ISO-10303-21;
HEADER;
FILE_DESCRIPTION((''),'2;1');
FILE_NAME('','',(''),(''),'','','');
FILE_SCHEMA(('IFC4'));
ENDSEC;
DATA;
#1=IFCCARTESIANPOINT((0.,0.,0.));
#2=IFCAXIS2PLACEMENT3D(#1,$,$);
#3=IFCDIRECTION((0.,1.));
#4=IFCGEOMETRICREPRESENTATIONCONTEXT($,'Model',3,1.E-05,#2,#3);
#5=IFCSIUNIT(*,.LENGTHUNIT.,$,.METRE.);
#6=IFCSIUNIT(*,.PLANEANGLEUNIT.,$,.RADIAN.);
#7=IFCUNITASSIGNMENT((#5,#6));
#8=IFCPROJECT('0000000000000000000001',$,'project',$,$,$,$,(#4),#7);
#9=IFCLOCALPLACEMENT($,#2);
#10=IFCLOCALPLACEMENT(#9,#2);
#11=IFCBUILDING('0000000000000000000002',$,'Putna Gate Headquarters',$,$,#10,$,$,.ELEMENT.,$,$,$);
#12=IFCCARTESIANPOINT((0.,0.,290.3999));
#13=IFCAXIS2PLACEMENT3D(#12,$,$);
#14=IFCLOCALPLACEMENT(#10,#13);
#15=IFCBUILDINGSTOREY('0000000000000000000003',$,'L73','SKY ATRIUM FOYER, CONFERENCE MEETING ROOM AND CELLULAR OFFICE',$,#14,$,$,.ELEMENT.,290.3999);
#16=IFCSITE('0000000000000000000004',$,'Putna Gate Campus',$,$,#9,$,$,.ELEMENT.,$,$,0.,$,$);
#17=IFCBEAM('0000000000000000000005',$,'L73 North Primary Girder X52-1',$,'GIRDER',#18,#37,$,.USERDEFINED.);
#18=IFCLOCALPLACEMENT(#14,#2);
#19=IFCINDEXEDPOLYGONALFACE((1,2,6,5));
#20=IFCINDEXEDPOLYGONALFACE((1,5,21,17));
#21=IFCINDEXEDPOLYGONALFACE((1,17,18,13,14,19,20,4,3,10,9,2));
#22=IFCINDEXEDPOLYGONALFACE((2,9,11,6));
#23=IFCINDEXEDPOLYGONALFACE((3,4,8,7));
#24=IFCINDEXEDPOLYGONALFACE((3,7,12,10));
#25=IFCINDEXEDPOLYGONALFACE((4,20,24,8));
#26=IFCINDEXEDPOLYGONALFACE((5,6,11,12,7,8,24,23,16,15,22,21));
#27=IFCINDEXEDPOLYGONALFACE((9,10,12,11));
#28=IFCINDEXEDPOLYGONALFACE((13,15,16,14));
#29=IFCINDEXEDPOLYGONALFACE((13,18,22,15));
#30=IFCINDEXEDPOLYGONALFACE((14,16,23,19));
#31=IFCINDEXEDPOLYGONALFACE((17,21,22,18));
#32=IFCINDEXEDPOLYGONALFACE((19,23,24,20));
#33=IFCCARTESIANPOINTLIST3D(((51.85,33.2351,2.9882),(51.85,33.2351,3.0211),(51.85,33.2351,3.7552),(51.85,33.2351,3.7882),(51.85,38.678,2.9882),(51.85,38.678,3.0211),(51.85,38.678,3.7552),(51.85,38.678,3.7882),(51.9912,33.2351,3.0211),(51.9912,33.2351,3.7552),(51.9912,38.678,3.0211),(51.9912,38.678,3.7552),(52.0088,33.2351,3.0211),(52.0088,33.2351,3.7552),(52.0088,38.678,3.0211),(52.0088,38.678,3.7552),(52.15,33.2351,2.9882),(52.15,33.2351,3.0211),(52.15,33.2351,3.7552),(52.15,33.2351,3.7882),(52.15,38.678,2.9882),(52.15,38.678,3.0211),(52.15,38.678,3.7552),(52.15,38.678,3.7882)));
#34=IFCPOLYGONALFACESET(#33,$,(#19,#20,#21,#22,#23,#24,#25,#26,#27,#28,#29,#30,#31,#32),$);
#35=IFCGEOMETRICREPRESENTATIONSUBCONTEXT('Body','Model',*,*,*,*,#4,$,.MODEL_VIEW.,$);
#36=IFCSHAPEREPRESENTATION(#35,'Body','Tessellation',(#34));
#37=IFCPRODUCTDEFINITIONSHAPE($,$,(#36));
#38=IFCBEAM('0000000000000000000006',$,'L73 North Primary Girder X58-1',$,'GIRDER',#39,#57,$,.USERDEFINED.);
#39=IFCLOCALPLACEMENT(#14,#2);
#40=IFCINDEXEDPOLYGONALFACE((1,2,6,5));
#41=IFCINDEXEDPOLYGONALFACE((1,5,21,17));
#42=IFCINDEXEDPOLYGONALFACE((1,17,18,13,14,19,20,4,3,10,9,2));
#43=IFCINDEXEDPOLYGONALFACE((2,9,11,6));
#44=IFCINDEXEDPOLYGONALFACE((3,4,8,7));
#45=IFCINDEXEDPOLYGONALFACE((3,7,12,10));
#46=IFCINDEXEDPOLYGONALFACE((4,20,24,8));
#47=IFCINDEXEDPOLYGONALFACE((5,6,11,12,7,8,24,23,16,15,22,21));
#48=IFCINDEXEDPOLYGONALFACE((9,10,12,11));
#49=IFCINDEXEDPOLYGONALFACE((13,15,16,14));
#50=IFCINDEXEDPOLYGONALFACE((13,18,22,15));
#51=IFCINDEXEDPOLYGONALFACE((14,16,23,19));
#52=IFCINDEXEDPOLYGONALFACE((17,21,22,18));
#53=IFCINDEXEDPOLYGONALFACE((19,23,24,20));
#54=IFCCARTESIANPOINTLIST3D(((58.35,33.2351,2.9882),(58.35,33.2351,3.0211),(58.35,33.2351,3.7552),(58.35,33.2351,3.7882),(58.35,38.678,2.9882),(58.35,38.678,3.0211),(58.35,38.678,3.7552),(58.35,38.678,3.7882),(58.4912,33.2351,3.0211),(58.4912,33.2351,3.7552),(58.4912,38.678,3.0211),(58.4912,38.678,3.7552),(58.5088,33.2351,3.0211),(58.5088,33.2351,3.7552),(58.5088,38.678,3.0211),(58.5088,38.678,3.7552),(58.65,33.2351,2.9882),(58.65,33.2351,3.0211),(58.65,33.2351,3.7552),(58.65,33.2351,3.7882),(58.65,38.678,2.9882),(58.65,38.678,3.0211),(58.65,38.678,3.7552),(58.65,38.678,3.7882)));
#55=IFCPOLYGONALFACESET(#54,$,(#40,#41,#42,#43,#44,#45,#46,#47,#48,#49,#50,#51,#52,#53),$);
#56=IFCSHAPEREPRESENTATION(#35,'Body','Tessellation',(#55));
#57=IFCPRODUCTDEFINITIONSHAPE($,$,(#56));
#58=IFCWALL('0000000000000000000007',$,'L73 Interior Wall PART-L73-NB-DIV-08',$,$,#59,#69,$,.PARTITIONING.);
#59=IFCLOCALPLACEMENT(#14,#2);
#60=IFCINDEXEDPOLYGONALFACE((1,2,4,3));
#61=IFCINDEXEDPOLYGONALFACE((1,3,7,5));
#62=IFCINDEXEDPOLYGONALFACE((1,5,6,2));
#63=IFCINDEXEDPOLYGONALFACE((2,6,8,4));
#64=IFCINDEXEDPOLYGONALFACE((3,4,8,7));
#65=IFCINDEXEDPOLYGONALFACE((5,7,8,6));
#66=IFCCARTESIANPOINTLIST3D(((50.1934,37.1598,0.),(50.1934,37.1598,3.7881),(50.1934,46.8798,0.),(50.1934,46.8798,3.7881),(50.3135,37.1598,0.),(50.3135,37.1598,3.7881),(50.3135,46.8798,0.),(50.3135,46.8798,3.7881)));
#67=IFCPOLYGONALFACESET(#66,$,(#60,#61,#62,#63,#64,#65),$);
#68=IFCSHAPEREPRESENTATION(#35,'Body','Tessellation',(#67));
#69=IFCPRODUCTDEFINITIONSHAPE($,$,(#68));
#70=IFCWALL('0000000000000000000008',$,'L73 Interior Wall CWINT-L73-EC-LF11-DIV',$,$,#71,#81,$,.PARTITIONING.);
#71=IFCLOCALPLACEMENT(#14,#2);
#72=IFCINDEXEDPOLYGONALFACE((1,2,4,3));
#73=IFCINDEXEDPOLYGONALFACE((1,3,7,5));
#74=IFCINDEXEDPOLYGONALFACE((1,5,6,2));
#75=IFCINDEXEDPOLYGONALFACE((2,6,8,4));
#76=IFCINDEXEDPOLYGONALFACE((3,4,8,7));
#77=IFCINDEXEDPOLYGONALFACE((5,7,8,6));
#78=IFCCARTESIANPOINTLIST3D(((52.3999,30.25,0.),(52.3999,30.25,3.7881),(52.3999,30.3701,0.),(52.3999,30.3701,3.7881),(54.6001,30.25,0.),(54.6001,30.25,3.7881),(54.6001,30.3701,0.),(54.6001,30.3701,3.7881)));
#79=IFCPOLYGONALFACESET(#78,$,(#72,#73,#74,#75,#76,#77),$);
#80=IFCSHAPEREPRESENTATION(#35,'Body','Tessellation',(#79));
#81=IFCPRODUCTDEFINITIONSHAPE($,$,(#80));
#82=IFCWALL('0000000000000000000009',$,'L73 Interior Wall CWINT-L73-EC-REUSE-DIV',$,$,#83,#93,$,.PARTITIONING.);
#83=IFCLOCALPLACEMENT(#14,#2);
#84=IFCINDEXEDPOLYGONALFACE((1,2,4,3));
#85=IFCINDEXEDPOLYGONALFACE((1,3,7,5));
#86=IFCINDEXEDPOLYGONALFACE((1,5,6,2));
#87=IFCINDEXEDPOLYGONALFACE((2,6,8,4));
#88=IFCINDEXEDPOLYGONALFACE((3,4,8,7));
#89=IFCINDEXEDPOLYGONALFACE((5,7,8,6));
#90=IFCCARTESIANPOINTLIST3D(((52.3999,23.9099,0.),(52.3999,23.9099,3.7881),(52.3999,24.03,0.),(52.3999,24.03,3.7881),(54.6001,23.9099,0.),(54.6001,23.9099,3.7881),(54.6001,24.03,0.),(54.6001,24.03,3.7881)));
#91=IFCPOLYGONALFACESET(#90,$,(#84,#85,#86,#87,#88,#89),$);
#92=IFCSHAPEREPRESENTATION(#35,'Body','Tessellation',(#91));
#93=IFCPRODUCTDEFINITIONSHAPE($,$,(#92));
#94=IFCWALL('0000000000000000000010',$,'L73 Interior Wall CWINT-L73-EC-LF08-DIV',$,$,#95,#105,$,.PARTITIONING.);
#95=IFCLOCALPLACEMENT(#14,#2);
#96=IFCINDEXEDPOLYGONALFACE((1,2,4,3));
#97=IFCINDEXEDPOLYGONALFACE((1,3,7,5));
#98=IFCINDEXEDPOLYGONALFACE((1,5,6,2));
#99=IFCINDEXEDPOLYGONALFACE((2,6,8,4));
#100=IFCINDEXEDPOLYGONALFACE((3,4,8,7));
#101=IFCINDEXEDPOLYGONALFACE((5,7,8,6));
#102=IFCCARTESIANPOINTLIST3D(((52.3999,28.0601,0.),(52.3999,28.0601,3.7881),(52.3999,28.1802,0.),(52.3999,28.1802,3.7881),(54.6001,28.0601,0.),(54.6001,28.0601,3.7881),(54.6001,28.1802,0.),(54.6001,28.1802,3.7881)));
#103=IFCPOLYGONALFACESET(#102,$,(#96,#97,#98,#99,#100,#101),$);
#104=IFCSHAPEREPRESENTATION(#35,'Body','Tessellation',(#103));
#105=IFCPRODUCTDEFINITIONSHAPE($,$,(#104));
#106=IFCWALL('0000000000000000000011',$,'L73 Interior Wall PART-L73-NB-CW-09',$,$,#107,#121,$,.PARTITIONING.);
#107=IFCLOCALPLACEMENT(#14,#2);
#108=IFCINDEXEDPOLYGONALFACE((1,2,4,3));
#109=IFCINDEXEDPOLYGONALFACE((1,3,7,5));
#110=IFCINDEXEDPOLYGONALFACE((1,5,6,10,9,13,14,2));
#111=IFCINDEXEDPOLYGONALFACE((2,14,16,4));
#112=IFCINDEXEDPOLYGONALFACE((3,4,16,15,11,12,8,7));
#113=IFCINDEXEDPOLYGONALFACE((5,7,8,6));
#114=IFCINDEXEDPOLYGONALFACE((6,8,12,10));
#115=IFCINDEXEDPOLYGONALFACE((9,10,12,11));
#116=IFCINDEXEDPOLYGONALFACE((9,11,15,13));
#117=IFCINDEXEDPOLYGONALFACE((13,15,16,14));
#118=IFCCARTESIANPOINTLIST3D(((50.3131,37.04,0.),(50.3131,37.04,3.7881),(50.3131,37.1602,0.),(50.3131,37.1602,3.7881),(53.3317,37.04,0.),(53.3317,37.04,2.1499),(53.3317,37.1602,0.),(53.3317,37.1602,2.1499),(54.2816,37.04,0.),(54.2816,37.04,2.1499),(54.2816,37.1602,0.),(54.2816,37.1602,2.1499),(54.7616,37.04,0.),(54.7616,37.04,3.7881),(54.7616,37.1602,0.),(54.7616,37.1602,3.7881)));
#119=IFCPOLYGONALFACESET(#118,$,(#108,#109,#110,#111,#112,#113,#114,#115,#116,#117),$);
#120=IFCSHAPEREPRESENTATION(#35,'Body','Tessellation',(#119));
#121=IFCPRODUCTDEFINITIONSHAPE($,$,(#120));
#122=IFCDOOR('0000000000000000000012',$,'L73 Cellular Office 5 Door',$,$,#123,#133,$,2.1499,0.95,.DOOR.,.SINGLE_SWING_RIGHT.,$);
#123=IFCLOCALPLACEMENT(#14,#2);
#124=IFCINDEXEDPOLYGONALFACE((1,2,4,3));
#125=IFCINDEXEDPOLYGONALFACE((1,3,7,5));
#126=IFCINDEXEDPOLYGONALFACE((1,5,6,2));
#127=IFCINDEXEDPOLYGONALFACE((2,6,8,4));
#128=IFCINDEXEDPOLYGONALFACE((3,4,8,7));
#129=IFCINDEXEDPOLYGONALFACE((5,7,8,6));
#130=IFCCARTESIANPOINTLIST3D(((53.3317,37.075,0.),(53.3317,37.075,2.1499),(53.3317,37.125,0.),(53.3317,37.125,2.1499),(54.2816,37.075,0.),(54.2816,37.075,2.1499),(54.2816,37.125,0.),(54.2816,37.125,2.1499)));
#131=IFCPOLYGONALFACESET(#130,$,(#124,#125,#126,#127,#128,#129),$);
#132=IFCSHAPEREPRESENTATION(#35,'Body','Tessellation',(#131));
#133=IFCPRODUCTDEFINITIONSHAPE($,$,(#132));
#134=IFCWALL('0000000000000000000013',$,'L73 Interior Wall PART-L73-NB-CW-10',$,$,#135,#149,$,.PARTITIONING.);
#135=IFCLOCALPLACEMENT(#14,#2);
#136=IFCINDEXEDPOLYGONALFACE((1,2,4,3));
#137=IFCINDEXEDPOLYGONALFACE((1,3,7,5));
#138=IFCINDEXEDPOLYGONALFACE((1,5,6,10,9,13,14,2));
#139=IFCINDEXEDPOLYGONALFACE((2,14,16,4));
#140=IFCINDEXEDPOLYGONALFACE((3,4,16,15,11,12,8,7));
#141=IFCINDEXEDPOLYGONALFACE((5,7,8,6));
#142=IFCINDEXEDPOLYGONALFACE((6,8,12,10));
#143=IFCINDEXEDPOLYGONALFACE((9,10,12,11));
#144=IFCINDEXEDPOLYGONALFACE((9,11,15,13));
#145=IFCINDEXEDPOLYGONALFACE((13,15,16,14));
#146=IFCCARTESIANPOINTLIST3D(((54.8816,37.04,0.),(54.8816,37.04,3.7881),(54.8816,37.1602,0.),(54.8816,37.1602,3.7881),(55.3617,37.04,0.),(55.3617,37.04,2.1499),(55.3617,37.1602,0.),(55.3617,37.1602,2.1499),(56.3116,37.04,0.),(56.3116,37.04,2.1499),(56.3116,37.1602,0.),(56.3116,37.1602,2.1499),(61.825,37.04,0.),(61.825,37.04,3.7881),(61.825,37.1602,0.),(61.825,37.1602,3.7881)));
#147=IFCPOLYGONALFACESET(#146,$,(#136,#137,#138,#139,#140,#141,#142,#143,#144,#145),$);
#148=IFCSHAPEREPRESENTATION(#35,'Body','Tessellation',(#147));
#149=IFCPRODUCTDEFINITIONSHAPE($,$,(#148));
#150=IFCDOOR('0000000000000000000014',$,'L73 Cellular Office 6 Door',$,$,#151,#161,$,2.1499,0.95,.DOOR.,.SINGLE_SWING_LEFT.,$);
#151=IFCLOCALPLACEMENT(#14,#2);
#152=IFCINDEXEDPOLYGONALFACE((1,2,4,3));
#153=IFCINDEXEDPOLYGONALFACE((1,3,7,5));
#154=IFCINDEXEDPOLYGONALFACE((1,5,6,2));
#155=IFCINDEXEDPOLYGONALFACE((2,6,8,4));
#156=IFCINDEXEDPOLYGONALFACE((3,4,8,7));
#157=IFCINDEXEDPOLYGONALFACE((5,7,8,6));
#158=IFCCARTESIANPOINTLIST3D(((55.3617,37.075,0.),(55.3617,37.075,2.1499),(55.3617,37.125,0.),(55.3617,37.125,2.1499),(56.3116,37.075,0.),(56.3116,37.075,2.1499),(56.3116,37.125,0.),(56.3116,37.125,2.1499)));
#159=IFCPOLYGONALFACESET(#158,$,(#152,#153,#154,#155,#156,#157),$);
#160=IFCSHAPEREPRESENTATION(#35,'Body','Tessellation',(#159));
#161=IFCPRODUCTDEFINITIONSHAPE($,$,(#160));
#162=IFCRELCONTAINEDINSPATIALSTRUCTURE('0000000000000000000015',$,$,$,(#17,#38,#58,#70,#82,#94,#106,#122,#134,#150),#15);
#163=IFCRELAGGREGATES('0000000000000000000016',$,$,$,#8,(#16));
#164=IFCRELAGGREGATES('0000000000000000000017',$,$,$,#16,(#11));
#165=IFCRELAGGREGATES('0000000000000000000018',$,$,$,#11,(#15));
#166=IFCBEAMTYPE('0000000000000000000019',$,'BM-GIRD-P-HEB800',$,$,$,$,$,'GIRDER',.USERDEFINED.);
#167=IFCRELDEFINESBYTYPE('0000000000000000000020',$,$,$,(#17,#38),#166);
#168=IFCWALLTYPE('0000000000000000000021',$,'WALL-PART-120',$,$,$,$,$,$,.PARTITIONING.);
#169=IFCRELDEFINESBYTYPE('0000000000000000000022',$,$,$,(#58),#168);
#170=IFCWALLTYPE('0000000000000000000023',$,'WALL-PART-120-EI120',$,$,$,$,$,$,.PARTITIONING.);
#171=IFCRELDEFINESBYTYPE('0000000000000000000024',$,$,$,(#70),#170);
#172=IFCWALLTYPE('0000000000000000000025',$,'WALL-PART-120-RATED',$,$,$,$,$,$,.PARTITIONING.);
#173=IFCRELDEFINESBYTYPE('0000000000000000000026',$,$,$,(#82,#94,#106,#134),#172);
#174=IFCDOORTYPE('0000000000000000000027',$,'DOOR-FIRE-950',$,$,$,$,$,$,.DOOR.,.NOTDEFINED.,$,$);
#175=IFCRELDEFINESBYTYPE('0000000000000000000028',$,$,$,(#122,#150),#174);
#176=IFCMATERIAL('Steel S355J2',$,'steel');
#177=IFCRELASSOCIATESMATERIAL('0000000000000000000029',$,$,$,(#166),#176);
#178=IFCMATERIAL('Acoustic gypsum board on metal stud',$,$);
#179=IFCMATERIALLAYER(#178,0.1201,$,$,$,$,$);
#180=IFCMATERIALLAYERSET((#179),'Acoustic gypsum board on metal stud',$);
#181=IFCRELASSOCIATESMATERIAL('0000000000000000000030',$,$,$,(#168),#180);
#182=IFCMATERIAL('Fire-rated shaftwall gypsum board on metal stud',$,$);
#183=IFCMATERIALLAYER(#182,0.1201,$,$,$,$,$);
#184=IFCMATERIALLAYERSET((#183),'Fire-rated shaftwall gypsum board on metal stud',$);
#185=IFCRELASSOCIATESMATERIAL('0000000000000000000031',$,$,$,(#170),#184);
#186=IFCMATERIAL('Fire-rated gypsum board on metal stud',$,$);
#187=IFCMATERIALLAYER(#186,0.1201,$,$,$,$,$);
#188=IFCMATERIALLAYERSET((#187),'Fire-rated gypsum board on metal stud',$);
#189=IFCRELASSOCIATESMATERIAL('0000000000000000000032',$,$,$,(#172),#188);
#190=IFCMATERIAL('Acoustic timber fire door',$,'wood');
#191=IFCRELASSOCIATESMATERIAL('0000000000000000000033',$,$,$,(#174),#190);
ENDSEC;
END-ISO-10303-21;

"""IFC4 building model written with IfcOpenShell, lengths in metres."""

from ifc_helpers import new_model, si_unit, direction, frame, frame_2d, origin, origin_2d, place, context, subcontext, project, spatial, rectangle, i_section, extrude, material, layer, layer_set, material_profile, profile_set, type_object, element, fill, save


model = new_model("IFC4")

# Units and contexts
model_context = context("Model", 3, precision=1e-05, world=origin(), true_north=direction((0.0, 1.0)))
body_context = subcontext(model_context, "Body", "Model", "MODEL_VIEW")
ifc_project = project(units=[si_unit("LENGTHUNIT", "METRE"), si_unit("PLANEANGLEUNIT", "RADIAN")], contexts=[model_context])

# Site, building, storey
site_placement = place(None, origin())
site = spatial("IfcSite", under=ifc_project, at=site_placement, Name="Putna Gate Campus", CompositionType="ELEMENT", RefElevation=0.0)
building_placement = place(site_placement, origin())
building = spatial("IfcBuilding", under=site, at=building_placement, Name="Putna Gate Headquarters", CompositionType="ELEMENT")
storey_placement = place(building_placement, frame((0.0, 0.0, 290.3999)))
storey = spatial("IfcBuildingStorey", under=building, at=storey_placement, Name="L73", Description="SKY ATRIUM FOYER, CONFERENCE MEETING ROOM AND CELLULAR OFFICE", CompositionType="ELEMENT", Elevation=290.3999)

# Beams
ifc_material_1 = material(Name="Steel S355J2", Category="steel")
ifc_material_profile = material_profile(ifc_material_1, i_section(OverallWidth=0.3, OverallDepth=0.8, WebThickness=0.0176, FlangeThickness=0.033, at=origin_2d()), Name="Steel S355J2")
ifc_profile_set = profile_set([ifc_material_profile], Name="Steel S355J2")
beam_type = type_object("IfcBeamType", Name="BM-GIRD-P-HEB800", ElementType="GIRDER", PredefinedType="USERDEFINED", material=ifc_profile_set)
for number, where, z_axis, x_axis, name in (
    (1, (52.0, 33.2351, 3.3882), (0.0, 1.0, 0.0), (-1.0, 0.0, 0.0), "L73 North Primary Girder X52-1"),
    (2, (58.5, 33.2351, 3.3882), (0.0, 1.0, 0.0), (-1.0, 0.0, 0.0), "L73 North Primary Girder X58-1"),
):
    element("IfcBeam", number, at=place(storey_placement, frame(where, z_axis=z_axis, x_axis=x_axis)), inside=storey, type_object=beam_type, Name=name, ObjectType="GIRDER", PredefinedType="USERDEFINED", context=body_context, shape_type="SweptSolid", body=[
        extrude(i_section(OverallWidth=0.3, OverallDepth=0.8, WebThickness=0.0176, FlangeThickness=0.033, at=origin_2d()), origin(), (0.0, 0.0, 1.0), 5.4429),
    ])

# Walls
ifc_material_2 = material(Name="Acoustic gypsum board on metal stud")
ifc_layer_1 = layer(ifc_material_2, 0.1201)
ifc_layer_set_1 = layer_set([ifc_layer_1], Name="Acoustic gypsum board on metal stud")
wall_type_1 = type_object("IfcWallType", Name="WALL-PART-120", PredefinedType="PARTITIONING", material=ifc_layer_set_1)
wall_1_placement = place(storey_placement, frame((50.2534, 37.1599, 0.0), z_axis=(0.0, 0.0, 1.0), x_axis=(0.0, 1.0, 0.0)))
element("IfcWall", 3, at=wall_1_placement, inside=storey, type_object=wall_type_1, Name="L73 Interior Wall PART-L73-NB-DIV-08", PredefinedType="PARTITIONING", context=body_context, shape_type="SweptSolid", body=[
    extrude(rectangle(XDim=9.72, YDim=0.1201, at=frame_2d((4.8599, 0.0))), origin(), (0.0, 0.0, 1.0), 3.7881),
])
ifc_material_3 = material(Name="Fire-rated shaftwall gypsum board on metal stud")
ifc_layer_2 = layer(ifc_material_3, 0.1201)
ifc_layer_set_2 = layer_set([ifc_layer_2], Name="Fire-rated shaftwall gypsum board on metal stud")
wall_type_2 = type_object("IfcWallType", Name="WALL-PART-120-EI120", PredefinedType="PARTITIONING", material=ifc_layer_set_2)
wall_2_placement = place(storey_placement, frame((52.3999, 30.3101, 0.0), z_axis=(0.0, 0.0, 1.0), x_axis=(1.0, 0.0, 0.0)))
element("IfcWall", 4, at=wall_2_placement, inside=storey, type_object=wall_type_2, Name="L73 Interior Wall CWINT-L73-EC-LF11-DIV", PredefinedType="PARTITIONING", context=body_context, shape_type="SweptSolid", body=[
    extrude(rectangle(XDim=2.2002, YDim=0.1201, at=frame_2d((1.1001, 0.0))), origin(), (0.0, 0.0, 1.0), 3.7881),
])
ifc_material_4 = material(Name="Fire-rated gypsum board on metal stud")
ifc_layer_3 = layer(ifc_material_4, 0.1201)
ifc_layer_set_3 = layer_set([ifc_layer_3], Name="Fire-rated gypsum board on metal stud")
wall_type_3 = type_object("IfcWallType", Name="WALL-PART-120-RATED", PredefinedType="PARTITIONING", material=ifc_layer_set_3)
for number, where, z_axis, x_axis, name in (
    (5, (52.3999, 23.97, 0.0), (0.0, 0.0, 1.0), (1.0, 0.0, 0.0), "L73 Interior Wall CWINT-L73-EC-REUSE-DIV"),
    (6, (52.3999, 28.1201, 0.0), (0.0, 0.0, 1.0), (1.0, 0.0, 0.0), "L73 Interior Wall CWINT-L73-EC-LF08-DIV"),
):
    element("IfcWall", number, at=place(storey_placement, frame(where, z_axis=z_axis, x_axis=x_axis)), inside=storey, type_object=wall_type_3, Name=name, PredefinedType="PARTITIONING", context=body_context, shape_type="SweptSolid", body=[
        extrude(rectangle(XDim=2.2002, YDim=0.1201, at=frame_2d((1.1001, 0.0))), origin(), (0.0, 0.0, 1.0), 3.7881),
    ])

# Walls, openings, doors
wall_3_placement = place(storey_placement, frame((50.3132, 37.1001, 0.0), z_axis=(0.0, 0.0, 1.0), x_axis=(1.0, 0.0, 0.0)))
wall_3 = element("IfcWall", 7, at=wall_3_placement, inside=storey, type_object=wall_type_3, Name="L73 Interior Wall PART-L73-NB-CW-09", PredefinedType="PARTITIONING", context=body_context, shape_type="SweptSolid", body=[
    extrude(rectangle(XDim=4.4485, YDim=0.1201, at=frame_2d((2.2241, 0.0))), origin(), (0.0, 0.0, 1.0), 3.7881),
])
opening_1_placement = place(wall_3_placement, frame((3.0183, 0.0, 0.0)))
opening_1 = element("IfcOpeningElement", 8, at=opening_1_placement, cuts=wall_3, PredefinedType="OPENING", context=body_context, shape_type="SweptSolid", body=[
    extrude(rectangle(XDim=0.95, YDim=2.1499, at=frame_2d((0.4751, 1.075))), frame((0.0, 0.0701, 0.0), z_axis=(0.0, -1.0, 0.0), x_axis=(1.0, 0.0, 0.0)), (0.0, 0.0, 1.0), 0.1401),
])
ifc_material_5 = material(Name="Acoustic timber fire door", Category="wood")
door_type_1 = type_object("IfcDoorType", Name="DOOR-FIRE-950", OperationType="NOTDEFINED", PredefinedType="DOOR", material=ifc_material_5)
door_1_placement = place(opening_1_placement, origin())
door_1 = element("IfcDoor", 9, at=door_1_placement, inside=storey, type_object=door_type_1, Name="L73 Cellular Office 5 Door", OperationType="SINGLE_SWING_RIGHT", OverallHeight=2.1499, OverallWidth=0.95, PredefinedType="DOOR", context=body_context, shape_type="SweptSolid", body=[
    extrude(rectangle(XDim=0.95, YDim=2.1499, at=frame_2d((0.4751, 1.075))), frame((0.0, 0.0249, 0.0), z_axis=(0.0, -1.0, 0.0), x_axis=(1.0, 0.0, 0.0)), (0.0, 0.0, 1.0), 0.05),
])
fill(opening_1, door_1)
wall_4_placement = place(storey_placement, frame((54.8816, 37.1001, 0.0), z_axis=(0.0, 0.0, 1.0), x_axis=(1.0, 0.0, 0.0)))
wall_4 = element("IfcWall", 10, at=wall_4_placement, inside=storey, type_object=wall_type_3, Name="L73 Interior Wall PART-L73-NB-CW-10", PredefinedType="PARTITIONING", context=body_context, shape_type="SweptSolid", body=[
    extrude(rectangle(XDim=6.9434, YDim=0.1201, at=frame_2d((3.4717, 0.0))), origin(), (0.0, 0.0, 1.0), 3.7881),
])
opening_2_placement = place(wall_4_placement, frame((0.48, 0.0, 0.0)))
opening_2 = element("IfcOpeningElement", 11, at=opening_2_placement, cuts=wall_4, PredefinedType="OPENING", context=body_context, shape_type="SweptSolid", body=[
    extrude(rectangle(XDim=0.95, YDim=2.1499, at=frame_2d((0.4751, 1.075))), frame((0.0, 0.0701, 0.0), z_axis=(0.0, -1.0, 0.0), x_axis=(1.0, 0.0, 0.0)), (0.0, 0.0, 1.0), 0.1401),
])
door_2_placement = place(opening_2_placement, origin())
door_2 = element("IfcDoor", 12, at=door_2_placement, inside=storey, type_object=door_type_1, Name="L73 Cellular Office 6 Door", OperationType="SINGLE_SWING_LEFT", OverallHeight=2.1499, OverallWidth=0.95, PredefinedType="DOOR", context=body_context, shape_type="SweptSolid", body=[
    extrude(rectangle(XDim=0.95, YDim=2.1499, at=frame_2d((0.4751, 1.075))), frame((0.0, 0.0249, 0.0), z_axis=(0.0, -1.0, 0.0), x_axis=(1.0, 0.0, 0.0)), (0.0, 0.0, 1.0), 0.05),
])
fill(opening_2, door_2)

save(model, "model.ifc")
